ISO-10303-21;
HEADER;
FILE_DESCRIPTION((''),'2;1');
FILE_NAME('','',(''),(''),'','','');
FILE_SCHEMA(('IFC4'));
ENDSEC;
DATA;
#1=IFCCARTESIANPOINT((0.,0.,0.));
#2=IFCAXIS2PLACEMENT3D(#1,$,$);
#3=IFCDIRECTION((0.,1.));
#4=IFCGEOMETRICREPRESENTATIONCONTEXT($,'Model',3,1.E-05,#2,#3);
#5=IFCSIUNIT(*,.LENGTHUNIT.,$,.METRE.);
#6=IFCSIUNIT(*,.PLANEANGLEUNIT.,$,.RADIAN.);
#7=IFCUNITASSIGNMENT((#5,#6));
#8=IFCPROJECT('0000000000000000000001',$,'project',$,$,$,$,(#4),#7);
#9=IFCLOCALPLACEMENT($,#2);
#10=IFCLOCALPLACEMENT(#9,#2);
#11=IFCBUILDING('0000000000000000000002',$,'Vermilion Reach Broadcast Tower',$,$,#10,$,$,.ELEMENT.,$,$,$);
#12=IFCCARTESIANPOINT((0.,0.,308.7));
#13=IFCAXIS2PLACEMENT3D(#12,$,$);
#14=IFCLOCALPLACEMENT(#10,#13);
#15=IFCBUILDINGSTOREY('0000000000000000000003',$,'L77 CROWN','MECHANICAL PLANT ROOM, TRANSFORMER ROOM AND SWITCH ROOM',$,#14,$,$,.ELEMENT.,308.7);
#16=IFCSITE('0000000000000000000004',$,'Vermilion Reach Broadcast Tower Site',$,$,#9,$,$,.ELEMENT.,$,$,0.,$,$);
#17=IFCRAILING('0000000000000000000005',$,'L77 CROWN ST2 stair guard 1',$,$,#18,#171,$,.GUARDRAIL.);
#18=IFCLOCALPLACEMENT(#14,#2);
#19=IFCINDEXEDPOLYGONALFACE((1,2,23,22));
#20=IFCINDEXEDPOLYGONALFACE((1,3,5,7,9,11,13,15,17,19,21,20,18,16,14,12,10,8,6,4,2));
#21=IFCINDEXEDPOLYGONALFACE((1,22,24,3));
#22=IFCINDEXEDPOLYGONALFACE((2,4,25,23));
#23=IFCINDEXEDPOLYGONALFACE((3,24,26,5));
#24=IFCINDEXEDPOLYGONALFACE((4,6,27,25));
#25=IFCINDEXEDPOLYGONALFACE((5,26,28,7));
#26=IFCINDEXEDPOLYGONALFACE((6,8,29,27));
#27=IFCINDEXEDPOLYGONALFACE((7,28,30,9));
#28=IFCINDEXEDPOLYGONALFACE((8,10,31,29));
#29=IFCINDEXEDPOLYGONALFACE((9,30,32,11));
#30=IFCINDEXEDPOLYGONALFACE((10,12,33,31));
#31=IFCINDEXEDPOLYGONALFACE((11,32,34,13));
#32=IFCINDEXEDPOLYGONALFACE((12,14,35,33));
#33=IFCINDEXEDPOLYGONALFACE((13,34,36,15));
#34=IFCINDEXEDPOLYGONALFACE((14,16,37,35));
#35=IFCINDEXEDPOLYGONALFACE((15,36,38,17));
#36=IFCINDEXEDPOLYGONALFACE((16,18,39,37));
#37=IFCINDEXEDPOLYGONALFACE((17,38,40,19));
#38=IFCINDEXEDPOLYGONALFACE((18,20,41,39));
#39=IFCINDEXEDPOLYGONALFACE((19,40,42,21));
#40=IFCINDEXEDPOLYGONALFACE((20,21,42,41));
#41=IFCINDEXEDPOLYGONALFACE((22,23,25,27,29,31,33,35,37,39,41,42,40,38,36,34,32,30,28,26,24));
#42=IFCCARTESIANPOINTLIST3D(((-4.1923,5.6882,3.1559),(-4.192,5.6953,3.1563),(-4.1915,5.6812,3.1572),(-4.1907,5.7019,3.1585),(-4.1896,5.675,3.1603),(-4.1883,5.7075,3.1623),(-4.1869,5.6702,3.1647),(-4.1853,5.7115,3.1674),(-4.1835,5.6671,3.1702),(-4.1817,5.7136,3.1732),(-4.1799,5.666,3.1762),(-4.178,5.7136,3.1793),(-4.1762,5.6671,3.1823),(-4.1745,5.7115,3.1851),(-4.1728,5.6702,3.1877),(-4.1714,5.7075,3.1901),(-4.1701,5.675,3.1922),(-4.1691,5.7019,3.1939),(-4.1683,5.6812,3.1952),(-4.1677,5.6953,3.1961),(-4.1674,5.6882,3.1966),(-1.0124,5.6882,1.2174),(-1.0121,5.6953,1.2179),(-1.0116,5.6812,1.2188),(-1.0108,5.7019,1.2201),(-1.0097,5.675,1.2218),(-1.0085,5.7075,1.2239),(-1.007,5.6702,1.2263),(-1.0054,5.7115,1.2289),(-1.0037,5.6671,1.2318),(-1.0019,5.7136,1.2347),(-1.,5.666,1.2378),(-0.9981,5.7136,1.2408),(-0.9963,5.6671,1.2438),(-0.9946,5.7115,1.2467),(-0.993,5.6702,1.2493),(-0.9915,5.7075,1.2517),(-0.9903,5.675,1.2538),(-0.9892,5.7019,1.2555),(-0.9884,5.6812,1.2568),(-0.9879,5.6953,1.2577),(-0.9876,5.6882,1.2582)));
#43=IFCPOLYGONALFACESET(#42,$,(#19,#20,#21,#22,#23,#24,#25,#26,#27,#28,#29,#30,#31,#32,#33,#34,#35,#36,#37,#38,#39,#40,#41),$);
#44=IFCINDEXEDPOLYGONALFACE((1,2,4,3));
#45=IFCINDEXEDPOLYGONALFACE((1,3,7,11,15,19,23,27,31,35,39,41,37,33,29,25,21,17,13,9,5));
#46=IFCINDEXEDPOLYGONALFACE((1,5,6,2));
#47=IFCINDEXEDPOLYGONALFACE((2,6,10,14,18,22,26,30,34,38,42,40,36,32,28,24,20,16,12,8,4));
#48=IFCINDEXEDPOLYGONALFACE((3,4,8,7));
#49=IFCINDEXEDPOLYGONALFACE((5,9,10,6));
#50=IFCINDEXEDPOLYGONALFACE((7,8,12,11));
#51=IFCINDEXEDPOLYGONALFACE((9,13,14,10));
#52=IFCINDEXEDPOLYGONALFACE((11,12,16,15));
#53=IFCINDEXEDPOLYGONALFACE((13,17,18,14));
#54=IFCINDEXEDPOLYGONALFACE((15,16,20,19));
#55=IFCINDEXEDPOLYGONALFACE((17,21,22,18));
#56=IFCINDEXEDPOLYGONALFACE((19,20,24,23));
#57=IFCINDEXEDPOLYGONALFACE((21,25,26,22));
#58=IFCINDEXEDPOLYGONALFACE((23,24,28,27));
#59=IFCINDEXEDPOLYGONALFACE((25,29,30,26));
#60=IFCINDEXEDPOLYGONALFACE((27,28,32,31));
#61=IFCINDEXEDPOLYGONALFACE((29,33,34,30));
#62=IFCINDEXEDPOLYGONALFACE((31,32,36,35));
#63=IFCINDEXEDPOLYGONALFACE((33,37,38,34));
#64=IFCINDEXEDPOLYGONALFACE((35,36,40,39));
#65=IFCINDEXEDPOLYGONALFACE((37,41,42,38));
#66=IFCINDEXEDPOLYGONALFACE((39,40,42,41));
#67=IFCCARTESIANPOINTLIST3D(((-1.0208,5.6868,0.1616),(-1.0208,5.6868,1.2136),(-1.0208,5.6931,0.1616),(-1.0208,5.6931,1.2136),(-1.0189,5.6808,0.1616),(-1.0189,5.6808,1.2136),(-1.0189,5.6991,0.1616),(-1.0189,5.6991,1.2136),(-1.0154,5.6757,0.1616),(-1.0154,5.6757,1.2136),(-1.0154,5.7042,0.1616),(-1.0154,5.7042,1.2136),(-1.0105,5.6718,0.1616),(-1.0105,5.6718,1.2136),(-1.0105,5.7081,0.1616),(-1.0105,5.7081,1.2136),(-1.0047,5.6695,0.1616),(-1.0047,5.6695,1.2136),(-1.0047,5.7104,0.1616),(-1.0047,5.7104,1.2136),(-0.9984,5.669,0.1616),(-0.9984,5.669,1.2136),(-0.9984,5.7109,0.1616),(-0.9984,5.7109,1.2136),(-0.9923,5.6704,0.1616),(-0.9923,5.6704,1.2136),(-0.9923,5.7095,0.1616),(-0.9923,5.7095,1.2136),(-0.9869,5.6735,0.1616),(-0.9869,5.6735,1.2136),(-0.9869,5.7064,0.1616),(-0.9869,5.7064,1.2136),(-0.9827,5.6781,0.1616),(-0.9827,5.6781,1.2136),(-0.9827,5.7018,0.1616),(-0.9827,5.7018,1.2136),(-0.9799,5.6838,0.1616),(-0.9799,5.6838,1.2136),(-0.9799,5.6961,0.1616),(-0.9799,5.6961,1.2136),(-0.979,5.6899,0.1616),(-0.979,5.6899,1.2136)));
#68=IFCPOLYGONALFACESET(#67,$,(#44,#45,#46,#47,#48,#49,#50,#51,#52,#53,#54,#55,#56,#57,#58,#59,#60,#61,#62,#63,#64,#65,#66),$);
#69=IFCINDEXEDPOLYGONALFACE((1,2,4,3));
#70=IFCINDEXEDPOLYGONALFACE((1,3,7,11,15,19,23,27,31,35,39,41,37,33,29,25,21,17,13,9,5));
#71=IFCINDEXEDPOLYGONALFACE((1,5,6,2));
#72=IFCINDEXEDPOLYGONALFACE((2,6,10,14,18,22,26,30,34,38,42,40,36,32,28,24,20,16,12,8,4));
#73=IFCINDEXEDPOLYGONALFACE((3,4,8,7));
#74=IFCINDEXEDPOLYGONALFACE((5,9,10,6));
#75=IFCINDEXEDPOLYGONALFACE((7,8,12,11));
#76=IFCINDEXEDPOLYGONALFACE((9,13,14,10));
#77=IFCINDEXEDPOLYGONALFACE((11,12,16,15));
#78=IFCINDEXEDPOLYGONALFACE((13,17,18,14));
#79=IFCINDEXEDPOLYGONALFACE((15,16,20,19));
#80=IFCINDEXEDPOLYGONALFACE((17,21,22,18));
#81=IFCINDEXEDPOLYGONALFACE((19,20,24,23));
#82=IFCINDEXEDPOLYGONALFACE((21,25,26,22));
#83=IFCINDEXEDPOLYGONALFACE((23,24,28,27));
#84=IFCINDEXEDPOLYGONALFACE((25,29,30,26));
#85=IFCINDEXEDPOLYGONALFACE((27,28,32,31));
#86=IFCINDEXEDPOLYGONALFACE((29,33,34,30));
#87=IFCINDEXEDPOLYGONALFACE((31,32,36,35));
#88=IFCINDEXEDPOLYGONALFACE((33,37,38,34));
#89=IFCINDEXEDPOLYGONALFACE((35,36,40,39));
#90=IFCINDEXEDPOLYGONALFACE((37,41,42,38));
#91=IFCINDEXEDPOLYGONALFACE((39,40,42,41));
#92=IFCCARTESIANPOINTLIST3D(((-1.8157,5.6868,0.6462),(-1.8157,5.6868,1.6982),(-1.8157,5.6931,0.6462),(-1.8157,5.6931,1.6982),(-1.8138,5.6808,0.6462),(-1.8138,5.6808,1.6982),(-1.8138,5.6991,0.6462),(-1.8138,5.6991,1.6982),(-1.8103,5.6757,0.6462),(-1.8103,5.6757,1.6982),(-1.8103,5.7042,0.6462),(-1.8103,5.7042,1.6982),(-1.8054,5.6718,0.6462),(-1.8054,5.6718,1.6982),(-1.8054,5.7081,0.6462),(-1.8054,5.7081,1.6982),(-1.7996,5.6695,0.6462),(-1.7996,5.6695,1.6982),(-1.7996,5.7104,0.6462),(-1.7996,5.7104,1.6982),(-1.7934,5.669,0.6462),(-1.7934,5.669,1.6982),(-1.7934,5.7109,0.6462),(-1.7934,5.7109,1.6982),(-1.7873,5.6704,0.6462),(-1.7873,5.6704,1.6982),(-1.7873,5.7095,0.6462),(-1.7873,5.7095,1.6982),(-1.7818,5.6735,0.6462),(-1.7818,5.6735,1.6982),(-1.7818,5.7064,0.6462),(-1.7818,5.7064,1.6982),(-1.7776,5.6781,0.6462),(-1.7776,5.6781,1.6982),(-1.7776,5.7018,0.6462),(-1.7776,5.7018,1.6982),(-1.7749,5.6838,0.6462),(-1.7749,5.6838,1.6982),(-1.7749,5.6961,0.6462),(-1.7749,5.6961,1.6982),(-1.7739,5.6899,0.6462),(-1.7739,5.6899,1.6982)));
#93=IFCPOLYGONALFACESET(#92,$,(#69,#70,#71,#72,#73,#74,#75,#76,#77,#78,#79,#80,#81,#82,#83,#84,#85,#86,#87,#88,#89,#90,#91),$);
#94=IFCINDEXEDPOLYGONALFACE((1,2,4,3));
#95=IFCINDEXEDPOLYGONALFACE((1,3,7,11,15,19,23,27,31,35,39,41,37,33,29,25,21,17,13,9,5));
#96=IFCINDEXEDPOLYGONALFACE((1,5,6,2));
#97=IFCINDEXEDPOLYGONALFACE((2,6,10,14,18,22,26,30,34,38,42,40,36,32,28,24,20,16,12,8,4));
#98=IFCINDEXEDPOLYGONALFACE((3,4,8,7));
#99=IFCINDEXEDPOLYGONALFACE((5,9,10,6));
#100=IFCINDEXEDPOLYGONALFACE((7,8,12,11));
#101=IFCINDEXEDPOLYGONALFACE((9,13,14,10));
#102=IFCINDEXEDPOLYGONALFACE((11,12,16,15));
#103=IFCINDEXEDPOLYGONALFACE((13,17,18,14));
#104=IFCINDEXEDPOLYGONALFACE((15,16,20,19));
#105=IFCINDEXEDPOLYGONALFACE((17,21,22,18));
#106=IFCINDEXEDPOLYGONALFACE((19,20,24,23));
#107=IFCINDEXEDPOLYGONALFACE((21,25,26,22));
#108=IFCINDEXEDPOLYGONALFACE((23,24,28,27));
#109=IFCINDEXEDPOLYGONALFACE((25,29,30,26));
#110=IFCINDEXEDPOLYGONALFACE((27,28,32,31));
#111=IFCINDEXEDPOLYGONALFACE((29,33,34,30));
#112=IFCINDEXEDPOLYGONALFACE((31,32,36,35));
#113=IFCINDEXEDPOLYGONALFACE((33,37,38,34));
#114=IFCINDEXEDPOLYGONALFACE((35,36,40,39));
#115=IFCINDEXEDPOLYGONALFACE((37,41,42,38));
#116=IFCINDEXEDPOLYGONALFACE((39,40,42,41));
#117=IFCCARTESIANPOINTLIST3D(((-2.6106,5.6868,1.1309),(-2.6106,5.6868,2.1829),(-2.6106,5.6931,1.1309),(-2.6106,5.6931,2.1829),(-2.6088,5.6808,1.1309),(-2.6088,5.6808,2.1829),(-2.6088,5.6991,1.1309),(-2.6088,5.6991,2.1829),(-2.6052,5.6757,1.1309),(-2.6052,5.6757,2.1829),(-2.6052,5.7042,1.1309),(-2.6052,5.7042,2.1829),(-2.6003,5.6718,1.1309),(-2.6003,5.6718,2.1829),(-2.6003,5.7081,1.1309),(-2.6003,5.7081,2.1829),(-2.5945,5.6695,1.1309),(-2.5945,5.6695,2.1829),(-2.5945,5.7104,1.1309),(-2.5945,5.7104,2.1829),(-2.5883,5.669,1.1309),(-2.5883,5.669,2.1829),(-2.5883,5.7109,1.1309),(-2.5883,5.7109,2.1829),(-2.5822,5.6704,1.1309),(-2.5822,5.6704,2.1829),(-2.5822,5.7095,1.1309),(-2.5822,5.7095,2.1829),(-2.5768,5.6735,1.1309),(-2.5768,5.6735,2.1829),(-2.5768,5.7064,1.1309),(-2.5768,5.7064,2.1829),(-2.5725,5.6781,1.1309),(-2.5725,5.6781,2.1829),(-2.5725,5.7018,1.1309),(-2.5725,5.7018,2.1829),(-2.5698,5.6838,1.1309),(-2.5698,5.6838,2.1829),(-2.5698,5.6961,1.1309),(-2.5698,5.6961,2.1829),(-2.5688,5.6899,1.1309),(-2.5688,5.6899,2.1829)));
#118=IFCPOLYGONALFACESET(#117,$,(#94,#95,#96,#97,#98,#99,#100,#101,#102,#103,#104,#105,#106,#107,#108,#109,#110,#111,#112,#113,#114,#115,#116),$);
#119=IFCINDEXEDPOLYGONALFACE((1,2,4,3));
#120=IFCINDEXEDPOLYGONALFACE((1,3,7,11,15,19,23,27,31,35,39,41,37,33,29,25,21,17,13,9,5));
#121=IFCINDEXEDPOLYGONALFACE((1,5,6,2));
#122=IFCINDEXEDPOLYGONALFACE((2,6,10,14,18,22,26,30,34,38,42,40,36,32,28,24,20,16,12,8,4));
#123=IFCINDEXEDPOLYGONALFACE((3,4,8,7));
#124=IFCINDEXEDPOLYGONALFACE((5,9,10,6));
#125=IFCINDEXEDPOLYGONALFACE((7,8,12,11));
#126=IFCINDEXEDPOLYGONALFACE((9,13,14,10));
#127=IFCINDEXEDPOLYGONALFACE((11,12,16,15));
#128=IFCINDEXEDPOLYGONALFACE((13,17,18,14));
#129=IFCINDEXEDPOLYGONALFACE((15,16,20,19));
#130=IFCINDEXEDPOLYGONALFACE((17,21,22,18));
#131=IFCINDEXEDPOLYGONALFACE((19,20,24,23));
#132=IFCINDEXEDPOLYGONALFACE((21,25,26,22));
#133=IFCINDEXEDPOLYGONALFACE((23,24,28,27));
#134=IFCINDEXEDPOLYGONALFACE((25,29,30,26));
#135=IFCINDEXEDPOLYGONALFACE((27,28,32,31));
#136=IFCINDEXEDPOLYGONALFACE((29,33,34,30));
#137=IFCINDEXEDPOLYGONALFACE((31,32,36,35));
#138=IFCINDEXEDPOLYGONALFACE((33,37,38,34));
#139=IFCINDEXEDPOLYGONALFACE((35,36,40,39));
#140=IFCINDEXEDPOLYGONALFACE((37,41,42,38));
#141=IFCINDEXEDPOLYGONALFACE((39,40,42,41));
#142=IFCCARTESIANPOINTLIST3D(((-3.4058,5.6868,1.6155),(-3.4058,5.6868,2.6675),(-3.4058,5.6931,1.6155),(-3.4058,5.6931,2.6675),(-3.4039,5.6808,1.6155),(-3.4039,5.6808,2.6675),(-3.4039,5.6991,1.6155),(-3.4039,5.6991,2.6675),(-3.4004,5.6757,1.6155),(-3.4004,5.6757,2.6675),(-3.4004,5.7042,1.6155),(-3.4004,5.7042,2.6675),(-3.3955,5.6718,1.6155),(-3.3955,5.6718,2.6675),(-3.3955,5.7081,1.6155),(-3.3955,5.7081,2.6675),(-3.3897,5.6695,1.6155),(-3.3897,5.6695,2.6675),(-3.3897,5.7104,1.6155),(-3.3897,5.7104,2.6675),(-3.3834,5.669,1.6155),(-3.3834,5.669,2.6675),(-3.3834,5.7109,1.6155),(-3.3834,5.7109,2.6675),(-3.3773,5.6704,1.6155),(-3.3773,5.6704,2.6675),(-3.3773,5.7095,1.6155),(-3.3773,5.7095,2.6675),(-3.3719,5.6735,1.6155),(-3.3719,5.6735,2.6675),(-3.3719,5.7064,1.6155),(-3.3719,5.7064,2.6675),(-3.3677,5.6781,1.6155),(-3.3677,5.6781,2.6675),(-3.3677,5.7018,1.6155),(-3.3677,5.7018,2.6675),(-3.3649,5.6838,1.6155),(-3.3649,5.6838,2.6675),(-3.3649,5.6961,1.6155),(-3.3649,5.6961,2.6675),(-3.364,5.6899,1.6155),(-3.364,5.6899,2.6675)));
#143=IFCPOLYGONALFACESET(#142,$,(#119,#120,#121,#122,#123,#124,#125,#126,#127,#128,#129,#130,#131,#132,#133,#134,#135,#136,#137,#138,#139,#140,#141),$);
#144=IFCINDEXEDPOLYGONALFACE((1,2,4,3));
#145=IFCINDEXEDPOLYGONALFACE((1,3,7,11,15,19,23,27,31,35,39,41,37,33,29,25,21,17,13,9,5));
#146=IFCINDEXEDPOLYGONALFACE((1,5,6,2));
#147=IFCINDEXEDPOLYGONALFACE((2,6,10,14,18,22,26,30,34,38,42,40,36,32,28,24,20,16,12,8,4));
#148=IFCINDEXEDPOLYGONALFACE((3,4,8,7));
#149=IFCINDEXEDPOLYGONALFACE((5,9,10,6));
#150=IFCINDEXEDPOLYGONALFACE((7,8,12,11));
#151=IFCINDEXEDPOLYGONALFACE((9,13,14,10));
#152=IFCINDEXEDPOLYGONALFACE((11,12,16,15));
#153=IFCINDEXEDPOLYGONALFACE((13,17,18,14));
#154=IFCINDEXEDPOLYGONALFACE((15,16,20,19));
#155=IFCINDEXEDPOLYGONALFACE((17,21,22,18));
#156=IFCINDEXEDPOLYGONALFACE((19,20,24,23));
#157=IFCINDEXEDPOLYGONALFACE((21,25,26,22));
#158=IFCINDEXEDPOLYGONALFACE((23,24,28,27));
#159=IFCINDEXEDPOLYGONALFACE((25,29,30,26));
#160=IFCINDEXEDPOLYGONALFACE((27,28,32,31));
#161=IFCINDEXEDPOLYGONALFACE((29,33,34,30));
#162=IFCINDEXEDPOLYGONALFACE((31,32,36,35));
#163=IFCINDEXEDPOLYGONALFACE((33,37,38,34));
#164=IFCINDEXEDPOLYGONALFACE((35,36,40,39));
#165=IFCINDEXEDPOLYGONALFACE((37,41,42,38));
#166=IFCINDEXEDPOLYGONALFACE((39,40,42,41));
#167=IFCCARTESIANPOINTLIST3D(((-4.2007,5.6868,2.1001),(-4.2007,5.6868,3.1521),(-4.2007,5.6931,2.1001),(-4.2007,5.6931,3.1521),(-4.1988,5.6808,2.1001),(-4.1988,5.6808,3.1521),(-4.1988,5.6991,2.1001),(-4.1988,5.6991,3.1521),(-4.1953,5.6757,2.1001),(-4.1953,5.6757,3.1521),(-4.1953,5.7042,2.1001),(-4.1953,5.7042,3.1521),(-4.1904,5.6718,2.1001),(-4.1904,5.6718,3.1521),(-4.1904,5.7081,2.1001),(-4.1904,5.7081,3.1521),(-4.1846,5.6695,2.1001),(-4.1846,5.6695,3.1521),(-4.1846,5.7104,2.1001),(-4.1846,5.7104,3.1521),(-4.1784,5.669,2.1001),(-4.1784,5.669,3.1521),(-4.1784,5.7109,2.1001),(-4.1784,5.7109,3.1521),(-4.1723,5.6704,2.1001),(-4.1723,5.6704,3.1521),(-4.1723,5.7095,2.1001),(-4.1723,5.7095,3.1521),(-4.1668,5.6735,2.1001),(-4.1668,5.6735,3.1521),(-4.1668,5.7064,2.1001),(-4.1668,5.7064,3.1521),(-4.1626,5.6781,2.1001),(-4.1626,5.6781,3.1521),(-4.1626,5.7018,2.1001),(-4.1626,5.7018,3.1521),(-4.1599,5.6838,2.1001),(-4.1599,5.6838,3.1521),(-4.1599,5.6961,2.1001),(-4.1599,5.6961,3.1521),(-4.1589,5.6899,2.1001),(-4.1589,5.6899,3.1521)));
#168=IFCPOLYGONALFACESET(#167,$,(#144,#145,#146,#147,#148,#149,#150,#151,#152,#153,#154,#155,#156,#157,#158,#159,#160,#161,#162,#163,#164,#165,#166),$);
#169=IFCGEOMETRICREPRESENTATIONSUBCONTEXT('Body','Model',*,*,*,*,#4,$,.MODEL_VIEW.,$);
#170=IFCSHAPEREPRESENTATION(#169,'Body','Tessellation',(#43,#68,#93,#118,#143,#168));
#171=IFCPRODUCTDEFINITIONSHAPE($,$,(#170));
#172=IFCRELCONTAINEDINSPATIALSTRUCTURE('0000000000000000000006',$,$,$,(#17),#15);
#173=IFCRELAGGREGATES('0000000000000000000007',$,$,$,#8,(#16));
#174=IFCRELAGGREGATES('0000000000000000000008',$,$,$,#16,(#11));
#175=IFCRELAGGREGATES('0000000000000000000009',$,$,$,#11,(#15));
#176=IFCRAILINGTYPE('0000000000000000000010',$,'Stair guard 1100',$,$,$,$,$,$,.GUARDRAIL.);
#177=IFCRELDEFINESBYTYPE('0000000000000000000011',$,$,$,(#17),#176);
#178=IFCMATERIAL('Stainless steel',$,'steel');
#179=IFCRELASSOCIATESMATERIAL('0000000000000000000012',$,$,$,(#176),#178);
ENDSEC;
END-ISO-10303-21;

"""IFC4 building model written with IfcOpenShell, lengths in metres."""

from ifc_helpers import new_model, si_unit, direction, frame, origin, origin_2d, place, context, subcontext, project, spatial, circle, extrude, material, type_object, element, save


model = new_model("IFC4")

# Units and contexts
model_context = context("Model", 3, precision=1e-05, world=origin(), true_north=direction((0.0, 1.0)))
body_context = subcontext(model_context, "Body", "Model", "MODEL_VIEW")
ifc_project = project(units=[si_unit("LENGTHUNIT", "METRE"), si_unit("PLANEANGLEUNIT", "RADIAN")], contexts=[model_context])

# Site, building, storey
site_placement = place(None, origin())
site = spatial("IfcSite", under=ifc_project, at=site_placement, Name="Vermilion Reach Broadcast Tower Site", CompositionType="ELEMENT", RefElevation=0.0)
building_placement = place(site_placement, origin())
building = spatial("IfcBuilding", under=site, at=building_placement, Name="Vermilion Reach Broadcast Tower", CompositionType="ELEMENT")
storey_placement = place(building_placement, frame((0.0, 0.0, 308.7)))
storey = spatial("IfcBuildingStorey", under=building, at=storey_placement, Name="L77 CROWN", Description="MECHANICAL PLANT ROOM, TRANSFORMER ROOM AND SWITCH ROOM", CompositionType="ELEMENT", Elevation=308.7)

# Railing
ifc_material_1 = material(Name="Stainless steel", Category="steel")
railing_type_1 = type_object("IfcRailingType", Name="Stair guard 1100", PredefinedType="GUARDRAIL", material=ifc_material_1)
railing_1_placement = place(storey_placement, frame((-1.0, 5.6899, 0.1616)))
element("IfcRailing", 1, at=railing_1_placement, inside=storey, type_object=railing_type_1, Name="L77 CROWN ST2 stair guard 1", PredefinedType="GUARDRAIL", context=body_context, shape_type="SweptSolid", body=[
    extrude(circle(Radius=0.0239, at=origin_2d()), frame((0.0, 0.0, 1.0762), z_axis=(-0.853857, 0.0, 0.520508), x_axis=(0.0, -1.0, 0.0)), (0.0, 0.0, 1.0), 3.7241),
    extrude(circle(Radius=0.021, at=origin_2d()), origin(), (0.0, 0.0, 1.0), 1.052),
    extrude(circle(Radius=0.021, at=origin_2d()), frame((-0.7949, 0.0, 0.4846)), (0.0, 0.0, 1.0), 1.052),
    extrude(circle(Radius=0.021, at=origin_2d()), frame((-1.5898, 0.0, 0.9692)), (0.0, 0.0, 1.0), 1.052),
    extrude(circle(Radius=0.021, at=origin_2d()), frame((-2.385, 0.0, 1.4539)), (0.0, 0.0, 1.0), 1.052),
    extrude(circle(Radius=0.021, at=origin_2d()), frame((-3.1799, 0.0, 1.9385)), (0.0, 0.0, 1.0), 1.052),
])

save(model, "model.ifc")
